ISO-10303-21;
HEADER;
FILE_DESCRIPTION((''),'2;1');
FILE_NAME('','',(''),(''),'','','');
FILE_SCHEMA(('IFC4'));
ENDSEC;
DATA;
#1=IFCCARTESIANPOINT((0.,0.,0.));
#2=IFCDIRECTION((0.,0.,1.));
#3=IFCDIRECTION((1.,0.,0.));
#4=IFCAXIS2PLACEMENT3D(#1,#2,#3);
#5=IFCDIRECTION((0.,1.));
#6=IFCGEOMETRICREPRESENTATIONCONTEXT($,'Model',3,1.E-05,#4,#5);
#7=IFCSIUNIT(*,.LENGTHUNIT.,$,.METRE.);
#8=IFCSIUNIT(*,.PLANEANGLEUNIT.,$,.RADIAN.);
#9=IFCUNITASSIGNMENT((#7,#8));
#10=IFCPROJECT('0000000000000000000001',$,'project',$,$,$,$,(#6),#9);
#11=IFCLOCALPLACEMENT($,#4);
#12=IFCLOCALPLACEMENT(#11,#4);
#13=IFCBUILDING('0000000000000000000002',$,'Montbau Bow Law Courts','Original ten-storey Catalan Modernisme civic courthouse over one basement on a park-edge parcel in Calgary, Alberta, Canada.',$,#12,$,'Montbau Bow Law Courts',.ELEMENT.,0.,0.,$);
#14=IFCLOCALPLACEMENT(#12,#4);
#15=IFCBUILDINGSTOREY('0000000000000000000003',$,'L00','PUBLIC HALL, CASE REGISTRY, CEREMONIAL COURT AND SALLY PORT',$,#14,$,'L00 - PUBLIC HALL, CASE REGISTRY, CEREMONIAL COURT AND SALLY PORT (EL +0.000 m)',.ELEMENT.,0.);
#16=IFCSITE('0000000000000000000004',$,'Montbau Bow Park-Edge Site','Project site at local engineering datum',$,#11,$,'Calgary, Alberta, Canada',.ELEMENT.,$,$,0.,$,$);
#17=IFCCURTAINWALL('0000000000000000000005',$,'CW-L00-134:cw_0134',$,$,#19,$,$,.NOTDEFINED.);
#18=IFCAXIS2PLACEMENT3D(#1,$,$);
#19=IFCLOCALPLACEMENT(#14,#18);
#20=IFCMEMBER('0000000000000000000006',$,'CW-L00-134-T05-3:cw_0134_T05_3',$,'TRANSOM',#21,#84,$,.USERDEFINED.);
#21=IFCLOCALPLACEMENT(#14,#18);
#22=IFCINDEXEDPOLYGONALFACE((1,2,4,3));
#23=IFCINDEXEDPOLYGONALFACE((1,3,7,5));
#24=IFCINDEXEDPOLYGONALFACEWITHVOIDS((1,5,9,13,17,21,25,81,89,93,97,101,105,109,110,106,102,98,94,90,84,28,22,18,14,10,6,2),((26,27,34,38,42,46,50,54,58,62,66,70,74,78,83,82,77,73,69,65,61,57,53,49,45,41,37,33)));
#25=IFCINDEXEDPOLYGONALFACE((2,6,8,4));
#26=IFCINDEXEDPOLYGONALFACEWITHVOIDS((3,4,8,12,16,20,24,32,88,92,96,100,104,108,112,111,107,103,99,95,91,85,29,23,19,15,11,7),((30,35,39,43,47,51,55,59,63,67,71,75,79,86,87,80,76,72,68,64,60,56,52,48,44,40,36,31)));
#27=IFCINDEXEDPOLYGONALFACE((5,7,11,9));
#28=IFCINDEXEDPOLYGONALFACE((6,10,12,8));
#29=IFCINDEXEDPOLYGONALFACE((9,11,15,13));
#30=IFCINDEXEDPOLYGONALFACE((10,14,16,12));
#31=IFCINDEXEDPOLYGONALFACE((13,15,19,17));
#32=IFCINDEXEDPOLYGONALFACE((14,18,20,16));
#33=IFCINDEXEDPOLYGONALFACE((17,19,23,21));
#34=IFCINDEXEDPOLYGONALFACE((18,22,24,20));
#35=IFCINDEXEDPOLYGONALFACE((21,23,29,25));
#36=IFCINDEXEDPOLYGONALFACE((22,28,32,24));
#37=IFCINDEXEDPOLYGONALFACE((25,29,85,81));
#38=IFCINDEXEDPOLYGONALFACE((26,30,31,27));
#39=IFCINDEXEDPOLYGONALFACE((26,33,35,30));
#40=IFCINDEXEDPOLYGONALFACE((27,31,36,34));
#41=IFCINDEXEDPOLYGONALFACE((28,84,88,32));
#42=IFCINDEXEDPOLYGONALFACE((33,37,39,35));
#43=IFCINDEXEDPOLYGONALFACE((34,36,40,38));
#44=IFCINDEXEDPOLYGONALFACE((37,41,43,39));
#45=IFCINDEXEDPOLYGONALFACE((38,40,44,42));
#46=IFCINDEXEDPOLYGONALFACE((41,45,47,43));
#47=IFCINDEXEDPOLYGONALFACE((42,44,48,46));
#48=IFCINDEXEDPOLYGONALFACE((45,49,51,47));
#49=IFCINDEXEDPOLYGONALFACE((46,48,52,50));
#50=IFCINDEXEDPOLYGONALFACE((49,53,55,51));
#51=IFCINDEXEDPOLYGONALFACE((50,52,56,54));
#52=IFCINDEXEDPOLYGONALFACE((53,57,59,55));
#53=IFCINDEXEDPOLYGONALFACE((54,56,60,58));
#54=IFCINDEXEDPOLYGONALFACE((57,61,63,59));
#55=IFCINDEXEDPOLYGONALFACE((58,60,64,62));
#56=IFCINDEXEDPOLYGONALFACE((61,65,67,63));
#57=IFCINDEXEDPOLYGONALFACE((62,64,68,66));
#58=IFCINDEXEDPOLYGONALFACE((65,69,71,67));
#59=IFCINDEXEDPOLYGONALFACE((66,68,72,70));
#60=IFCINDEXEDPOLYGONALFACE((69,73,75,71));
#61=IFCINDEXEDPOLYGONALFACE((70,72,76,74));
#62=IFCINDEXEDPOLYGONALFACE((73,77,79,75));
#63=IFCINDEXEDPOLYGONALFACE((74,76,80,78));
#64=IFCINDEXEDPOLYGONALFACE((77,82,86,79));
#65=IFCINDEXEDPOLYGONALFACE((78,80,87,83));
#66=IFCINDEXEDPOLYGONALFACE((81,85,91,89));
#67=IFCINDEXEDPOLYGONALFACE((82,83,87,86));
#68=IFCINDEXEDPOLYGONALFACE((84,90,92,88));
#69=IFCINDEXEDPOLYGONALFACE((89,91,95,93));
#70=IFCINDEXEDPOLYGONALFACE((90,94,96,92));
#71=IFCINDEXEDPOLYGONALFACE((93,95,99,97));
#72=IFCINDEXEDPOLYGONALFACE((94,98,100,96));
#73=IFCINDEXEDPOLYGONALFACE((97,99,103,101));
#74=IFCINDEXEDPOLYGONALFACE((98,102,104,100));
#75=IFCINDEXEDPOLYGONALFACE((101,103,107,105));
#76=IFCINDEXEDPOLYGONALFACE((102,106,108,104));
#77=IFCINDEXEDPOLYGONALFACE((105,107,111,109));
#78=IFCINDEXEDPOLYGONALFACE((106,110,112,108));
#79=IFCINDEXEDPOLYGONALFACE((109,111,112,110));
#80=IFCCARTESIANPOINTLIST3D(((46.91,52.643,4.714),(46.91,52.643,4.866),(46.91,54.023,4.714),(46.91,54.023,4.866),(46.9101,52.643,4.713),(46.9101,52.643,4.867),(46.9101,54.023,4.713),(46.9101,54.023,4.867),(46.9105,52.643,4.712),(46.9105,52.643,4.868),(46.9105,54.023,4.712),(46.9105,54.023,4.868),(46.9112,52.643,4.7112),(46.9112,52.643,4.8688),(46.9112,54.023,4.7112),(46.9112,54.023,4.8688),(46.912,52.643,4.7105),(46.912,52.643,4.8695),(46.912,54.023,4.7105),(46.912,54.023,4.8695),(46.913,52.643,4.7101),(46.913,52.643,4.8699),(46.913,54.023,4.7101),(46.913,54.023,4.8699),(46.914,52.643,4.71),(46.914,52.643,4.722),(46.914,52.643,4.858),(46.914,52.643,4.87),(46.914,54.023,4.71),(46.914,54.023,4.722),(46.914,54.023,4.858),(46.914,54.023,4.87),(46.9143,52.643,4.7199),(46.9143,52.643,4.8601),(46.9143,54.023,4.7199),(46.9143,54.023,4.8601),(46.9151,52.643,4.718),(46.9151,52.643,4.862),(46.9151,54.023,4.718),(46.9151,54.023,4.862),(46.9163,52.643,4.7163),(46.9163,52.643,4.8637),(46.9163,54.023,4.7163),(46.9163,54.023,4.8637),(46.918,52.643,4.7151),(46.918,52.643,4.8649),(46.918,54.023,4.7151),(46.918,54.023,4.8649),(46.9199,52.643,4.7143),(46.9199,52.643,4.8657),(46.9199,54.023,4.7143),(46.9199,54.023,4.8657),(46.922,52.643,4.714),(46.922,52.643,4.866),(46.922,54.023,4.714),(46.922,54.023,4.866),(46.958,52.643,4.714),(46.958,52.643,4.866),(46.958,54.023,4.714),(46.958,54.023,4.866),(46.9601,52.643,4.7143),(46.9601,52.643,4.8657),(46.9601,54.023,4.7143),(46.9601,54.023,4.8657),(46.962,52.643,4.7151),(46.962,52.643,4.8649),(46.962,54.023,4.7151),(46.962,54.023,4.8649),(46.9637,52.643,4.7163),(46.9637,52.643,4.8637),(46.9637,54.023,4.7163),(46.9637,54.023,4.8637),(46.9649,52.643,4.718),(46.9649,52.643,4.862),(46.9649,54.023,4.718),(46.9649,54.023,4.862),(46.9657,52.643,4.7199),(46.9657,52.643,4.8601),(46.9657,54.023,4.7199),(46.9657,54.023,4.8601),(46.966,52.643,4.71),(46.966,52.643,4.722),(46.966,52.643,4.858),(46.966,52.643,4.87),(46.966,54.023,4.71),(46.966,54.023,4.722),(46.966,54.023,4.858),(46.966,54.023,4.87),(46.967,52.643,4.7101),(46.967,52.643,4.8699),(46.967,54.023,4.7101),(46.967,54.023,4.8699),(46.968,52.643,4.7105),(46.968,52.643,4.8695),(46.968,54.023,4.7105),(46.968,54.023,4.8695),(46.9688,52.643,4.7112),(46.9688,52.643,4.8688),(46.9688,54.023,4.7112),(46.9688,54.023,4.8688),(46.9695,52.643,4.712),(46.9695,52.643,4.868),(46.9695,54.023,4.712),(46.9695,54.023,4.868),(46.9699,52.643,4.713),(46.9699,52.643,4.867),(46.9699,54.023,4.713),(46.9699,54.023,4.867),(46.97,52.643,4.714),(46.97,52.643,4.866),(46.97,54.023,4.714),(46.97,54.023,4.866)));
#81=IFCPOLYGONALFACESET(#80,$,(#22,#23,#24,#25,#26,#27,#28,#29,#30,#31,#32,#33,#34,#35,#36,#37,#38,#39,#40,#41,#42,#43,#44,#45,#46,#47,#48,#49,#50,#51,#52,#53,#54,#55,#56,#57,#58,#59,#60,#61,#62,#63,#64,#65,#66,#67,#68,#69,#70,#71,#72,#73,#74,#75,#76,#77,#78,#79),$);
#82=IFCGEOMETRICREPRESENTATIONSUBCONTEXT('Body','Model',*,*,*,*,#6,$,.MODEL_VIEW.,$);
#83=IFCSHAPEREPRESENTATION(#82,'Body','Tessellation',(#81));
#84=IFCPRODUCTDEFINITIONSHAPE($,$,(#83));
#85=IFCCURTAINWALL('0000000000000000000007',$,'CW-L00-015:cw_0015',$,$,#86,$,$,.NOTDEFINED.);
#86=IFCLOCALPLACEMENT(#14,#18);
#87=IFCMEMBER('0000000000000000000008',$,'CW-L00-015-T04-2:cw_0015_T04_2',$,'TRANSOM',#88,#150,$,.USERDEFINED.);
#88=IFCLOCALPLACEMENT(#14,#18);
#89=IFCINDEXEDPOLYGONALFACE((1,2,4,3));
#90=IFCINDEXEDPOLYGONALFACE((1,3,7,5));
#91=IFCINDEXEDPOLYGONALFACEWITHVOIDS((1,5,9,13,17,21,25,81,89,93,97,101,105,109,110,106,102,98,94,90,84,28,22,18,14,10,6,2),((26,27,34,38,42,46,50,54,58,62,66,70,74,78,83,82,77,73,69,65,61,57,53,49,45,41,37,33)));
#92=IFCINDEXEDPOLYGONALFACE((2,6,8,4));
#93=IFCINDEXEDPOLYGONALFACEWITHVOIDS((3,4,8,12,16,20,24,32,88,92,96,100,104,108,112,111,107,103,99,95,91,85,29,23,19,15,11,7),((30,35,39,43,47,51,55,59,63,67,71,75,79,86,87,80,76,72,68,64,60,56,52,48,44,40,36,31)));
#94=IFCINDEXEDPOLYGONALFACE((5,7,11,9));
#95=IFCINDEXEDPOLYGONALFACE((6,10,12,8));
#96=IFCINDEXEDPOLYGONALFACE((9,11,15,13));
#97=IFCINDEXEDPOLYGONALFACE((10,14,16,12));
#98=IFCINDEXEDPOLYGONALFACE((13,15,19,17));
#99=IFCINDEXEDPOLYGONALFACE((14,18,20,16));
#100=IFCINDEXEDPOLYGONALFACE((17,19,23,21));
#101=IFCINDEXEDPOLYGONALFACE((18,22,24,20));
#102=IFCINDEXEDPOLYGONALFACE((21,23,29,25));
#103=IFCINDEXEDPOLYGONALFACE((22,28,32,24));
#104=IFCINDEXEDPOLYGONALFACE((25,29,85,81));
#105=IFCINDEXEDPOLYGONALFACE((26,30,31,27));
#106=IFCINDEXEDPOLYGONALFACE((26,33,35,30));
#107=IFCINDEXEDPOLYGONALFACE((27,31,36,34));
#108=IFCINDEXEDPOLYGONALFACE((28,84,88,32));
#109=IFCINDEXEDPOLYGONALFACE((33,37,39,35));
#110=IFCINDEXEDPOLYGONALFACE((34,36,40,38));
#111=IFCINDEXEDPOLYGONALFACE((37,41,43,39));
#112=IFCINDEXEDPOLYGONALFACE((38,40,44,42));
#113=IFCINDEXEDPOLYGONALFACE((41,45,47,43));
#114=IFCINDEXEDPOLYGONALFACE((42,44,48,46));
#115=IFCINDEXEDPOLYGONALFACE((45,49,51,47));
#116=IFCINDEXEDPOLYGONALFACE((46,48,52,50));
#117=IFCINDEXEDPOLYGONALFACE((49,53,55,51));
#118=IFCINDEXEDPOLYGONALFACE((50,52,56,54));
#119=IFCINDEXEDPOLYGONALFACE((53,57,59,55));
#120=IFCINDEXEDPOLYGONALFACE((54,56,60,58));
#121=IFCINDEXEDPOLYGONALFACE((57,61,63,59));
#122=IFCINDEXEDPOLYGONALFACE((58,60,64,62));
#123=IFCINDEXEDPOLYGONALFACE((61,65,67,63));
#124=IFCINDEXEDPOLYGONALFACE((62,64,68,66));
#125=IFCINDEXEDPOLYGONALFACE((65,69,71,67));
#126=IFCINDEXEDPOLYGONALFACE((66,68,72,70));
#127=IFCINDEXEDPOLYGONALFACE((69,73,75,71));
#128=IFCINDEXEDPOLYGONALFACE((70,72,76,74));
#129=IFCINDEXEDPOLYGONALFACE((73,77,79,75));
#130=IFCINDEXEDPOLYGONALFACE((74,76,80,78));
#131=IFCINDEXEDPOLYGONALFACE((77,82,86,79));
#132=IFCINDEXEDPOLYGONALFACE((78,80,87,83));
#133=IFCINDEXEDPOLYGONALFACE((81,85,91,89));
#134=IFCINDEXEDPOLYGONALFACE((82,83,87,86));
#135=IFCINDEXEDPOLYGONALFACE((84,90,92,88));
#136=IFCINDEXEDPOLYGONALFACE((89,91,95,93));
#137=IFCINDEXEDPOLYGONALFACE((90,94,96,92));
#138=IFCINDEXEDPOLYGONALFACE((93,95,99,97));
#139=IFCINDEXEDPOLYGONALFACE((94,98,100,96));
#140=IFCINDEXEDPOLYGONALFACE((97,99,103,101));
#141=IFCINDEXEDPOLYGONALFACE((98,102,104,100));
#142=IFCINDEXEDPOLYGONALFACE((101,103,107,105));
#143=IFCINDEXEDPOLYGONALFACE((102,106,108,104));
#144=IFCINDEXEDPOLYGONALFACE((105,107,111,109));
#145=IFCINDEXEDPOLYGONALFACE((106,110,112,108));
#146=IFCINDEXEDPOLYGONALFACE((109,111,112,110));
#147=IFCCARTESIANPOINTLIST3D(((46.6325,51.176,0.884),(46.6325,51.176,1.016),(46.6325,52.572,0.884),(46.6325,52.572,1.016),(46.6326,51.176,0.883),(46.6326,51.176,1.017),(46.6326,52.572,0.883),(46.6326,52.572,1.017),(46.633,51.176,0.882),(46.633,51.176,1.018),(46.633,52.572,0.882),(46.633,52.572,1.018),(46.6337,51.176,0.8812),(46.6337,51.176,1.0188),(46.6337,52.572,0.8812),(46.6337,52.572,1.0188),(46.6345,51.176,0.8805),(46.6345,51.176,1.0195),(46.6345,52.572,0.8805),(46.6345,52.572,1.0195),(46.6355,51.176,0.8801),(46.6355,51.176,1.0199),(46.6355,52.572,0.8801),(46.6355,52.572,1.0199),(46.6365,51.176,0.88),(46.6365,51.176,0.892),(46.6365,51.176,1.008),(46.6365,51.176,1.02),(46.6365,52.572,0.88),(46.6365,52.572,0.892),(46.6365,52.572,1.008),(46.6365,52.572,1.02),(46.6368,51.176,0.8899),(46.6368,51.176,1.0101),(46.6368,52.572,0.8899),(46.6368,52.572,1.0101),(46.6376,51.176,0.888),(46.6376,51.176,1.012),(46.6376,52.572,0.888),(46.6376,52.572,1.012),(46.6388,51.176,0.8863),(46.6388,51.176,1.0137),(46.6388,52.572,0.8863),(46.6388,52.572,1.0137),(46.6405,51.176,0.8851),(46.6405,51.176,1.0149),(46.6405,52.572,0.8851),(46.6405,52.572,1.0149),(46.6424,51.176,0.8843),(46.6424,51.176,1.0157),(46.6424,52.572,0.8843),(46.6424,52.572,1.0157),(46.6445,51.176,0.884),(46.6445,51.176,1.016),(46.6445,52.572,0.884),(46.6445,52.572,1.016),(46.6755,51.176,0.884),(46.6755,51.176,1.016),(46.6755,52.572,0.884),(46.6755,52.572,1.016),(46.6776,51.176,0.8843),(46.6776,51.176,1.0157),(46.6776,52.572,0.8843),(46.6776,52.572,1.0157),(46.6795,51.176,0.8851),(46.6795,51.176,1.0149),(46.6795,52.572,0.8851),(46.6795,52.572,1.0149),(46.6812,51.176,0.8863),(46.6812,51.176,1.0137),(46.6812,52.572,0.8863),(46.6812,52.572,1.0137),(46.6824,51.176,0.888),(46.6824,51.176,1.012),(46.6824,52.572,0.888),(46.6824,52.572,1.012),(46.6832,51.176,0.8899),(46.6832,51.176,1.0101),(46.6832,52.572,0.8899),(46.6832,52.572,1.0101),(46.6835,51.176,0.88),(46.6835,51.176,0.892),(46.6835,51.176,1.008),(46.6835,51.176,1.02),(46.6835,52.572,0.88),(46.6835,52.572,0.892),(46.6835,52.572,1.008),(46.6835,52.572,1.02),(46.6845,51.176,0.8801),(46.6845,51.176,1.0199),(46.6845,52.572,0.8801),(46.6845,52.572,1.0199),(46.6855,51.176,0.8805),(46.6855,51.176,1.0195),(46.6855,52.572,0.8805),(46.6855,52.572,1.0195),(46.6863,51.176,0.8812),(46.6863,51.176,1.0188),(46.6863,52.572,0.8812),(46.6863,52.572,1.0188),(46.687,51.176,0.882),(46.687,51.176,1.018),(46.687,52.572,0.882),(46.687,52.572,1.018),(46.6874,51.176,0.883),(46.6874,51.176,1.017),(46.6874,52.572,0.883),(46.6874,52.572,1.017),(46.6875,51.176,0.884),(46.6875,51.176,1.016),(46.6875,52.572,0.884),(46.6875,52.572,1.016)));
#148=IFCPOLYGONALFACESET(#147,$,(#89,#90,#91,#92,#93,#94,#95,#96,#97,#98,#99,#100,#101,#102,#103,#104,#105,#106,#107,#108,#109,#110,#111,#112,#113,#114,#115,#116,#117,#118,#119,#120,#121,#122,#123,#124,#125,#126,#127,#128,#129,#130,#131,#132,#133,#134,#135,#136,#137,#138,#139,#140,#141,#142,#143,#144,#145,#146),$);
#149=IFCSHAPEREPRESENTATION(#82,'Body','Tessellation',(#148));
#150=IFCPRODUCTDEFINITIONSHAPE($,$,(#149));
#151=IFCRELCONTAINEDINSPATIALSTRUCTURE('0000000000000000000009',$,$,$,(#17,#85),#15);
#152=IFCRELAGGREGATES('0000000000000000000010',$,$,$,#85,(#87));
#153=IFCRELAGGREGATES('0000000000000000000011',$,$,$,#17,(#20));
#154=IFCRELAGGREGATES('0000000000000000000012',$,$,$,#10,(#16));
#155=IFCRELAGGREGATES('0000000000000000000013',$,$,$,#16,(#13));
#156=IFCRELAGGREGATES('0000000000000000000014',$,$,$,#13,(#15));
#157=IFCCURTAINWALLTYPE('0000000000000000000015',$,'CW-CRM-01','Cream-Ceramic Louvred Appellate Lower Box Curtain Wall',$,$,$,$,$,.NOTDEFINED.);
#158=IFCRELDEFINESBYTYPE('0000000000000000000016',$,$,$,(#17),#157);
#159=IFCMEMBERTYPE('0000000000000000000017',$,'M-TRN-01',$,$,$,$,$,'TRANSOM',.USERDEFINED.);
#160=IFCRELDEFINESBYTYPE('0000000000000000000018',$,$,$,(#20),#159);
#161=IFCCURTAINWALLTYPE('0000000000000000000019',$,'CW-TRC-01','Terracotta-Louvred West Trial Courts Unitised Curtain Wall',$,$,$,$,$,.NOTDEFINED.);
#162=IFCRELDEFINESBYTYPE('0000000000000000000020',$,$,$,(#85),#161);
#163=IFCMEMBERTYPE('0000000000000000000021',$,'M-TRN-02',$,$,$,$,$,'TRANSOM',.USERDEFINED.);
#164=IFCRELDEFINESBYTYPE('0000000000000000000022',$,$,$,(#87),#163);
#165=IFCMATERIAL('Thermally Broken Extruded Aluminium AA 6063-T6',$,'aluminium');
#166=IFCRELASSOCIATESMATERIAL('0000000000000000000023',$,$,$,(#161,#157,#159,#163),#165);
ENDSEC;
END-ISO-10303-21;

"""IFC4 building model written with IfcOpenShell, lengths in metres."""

from ifc_helpers import new_model, si_unit, direction, frame, origin_with_axes, origin_2d_with_axis, place, context, subcontext, project, spatial, hollow_rectangle, extrude, material, material_profile, profile_set, type_object, element, aggregate, save


model = new_model("IFC4")

# Units and contexts
model_context = context("Model", 3, precision=1e-05, world=origin_with_axes(), true_north=direction((0.0, 1.0)))
body_context = subcontext(model_context, "Body", "Model", "MODEL_VIEW")
ifc_project = project(units=[si_unit("LENGTHUNIT", "METRE"), si_unit("PLANEANGLEUNIT", "RADIAN")], contexts=[model_context])

# Site, building, storey
site_placement = place(None, origin_with_axes())
site = spatial("IfcSite", under=ifc_project, at=site_placement, Name="Montbau Bow Park-Edge Site", Description="Project site at local engineering datum", LongName="Calgary, Alberta, Canada", CompositionType="ELEMENT", RefElevation=0.0)
building_placement = place(site_placement, origin_with_axes())
building = spatial("IfcBuilding", under=site, at=building_placement, Name="Montbau Bow Law Courts", Description="Original ten-storey Catalan Modernisme civic courthouse over one basement on a park-edge parcel in Calgary, Alberta, Canada.", LongName="Montbau Bow Law Courts", CompositionType="ELEMENT", ElevationOfRefHeight=0.0, ElevationOfTerrain=0.0)
storey_placement = place(building_placement, origin_with_axes())
storey = spatial("IfcBuildingStorey", under=building, at=storey_placement, Name="L00", Description="PUBLIC HALL, CASE REGISTRY, CEREMONIAL COURT AND SALLY PORT", LongName="L00 - PUBLIC HALL, CASE REGISTRY, CEREMONIAL COURT AND SALLY PORT (EL +0.000 m)", CompositionType="ELEMENT", Elevation=0.0)

# Curtain walls, members
ifc_material_1 = material(Name="Thermally Broken Extruded Aluminium AA 6063-T6", Category="aluminium")
curtain_wall_type_1 = type_object("IfcCurtainWallType", Name="CW-TRC-01", Description="Terracotta-Louvred West Trial Courts Unitised Curtain Wall", PredefinedType="NOTDEFINED", material=ifc_material_1)
ifc_material_profile_1 = material_profile(ifc_material_1, hollow_rectangle(XDim=0.06, YDim=0.16, WallThickness=0.004, InnerFilletRadius=0.008, OuterFilletRadius=0.004, at=origin_2d_with_axis()), Name="CWT-160X60", Category="Main", Priority=0)
ifc_profile_set_1 = profile_set([ifc_material_profile_1], Name="Thermally Broken Extruded Aluminium AA 6063-T6")
member_type_1 = type_object("IfcMemberType", Name="M-TRN-01", ElementType="TRANSOM", PredefinedType="USERDEFINED", material=ifc_profile_set_1)
curtain_wall_type_2 = type_object("IfcCurtainWallType", Name="CW-CRM-01", Description="Cream-Ceramic Louvred Appellate Lower Box Curtain Wall", PredefinedType="NOTDEFINED", material=ifc_material_1)
curtain_wall_1_placement = place(None, frame((46.94, 46.715, 0.0), z_axis=(0.0, 0.0, 1.0), x_axis=(1.0, 0.0, 0.0)))
curtain_wall_1 = element("IfcCurtainWall", 1, at=curtain_wall_1_placement, inside=storey, type_object=curtain_wall_type_2, Name="CW-L00-134:cw_0134", PredefinedType="NOTDEFINED")
member_1_placement = place(None, frame((46.94, 52.643, 4.79), z_axis=(0.0, 1.0, 0.0), x_axis=(-1.0, 0.0, 0.0)))
member_1 = element("IfcMember", 2, at=member_1_placement, type_object=member_type_1, Name="CW-L00-134-T05-3:cw_0134_T05_3", ObjectType="TRANSOM", PredefinedType="USERDEFINED", context=body_context, shape_type="SweptSolid", body=[
    extrude(hollow_rectangle(XDim=0.06, YDim=0.16, WallThickness=0.004, InnerFilletRadius=0.008, OuterFilletRadius=0.004, at=origin_2d_with_axis()), origin_with_axes(), (0.0, 0.0, 1.0), 1.38),
])
curtain_wall_2_placement = place(None, frame((46.66, 46.715, 0.0), z_axis=(0.0, 0.0, 1.0), x_axis=(1.0, 0.0, 0.0)))
curtain_wall_2 = element("IfcCurtainWall", 3, at=curtain_wall_2_placement, inside=storey, type_object=curtain_wall_type_1, Name="CW-L00-015:cw_0015", PredefinedType="NOTDEFINED")
ifc_material_profile_2 = material_profile(ifc_material_1, hollow_rectangle(XDim=0.055, YDim=0.14, WallThickness=0.004, InnerFilletRadius=0.008, OuterFilletRadius=0.004, at=origin_2d_with_axis()), Name="CWT-140X55", Category="Main", Priority=0)
ifc_profile_set_2 = profile_set([ifc_material_profile_2], Name="Thermally Broken Extruded Aluminium AA 6063-T6")
member_type_2 = type_object("IfcMemberType", Name="M-TRN-02", ElementType="TRANSOM", PredefinedType="USERDEFINED", material=ifc_profile_set_2)
member_2_placement = place(None, frame((46.66, 51.176, 0.95), z_axis=(0.0, 1.0, 0.0), x_axis=(-1.0, 0.0, 0.0)))
member_2 = element("IfcMember", 4, at=member_2_placement, type_object=member_type_2, Name="CW-L00-015-T04-2:cw_0015_T04_2", ObjectType="TRANSOM", PredefinedType="USERDEFINED", context=body_context, shape_type="SweptSolid", body=[
    extrude(hollow_rectangle(XDim=0.055, YDim=0.14, WallThickness=0.004, InnerFilletRadius=0.008, OuterFilletRadius=0.004, at=origin_2d_with_axis()), origin_with_axes(), (0.0, 0.0, 1.0), 1.396),
])

aggregate(curtain_wall_2, [member_2])
aggregate(curtain_wall_1, [member_1])

save(model, "model.ifc")
